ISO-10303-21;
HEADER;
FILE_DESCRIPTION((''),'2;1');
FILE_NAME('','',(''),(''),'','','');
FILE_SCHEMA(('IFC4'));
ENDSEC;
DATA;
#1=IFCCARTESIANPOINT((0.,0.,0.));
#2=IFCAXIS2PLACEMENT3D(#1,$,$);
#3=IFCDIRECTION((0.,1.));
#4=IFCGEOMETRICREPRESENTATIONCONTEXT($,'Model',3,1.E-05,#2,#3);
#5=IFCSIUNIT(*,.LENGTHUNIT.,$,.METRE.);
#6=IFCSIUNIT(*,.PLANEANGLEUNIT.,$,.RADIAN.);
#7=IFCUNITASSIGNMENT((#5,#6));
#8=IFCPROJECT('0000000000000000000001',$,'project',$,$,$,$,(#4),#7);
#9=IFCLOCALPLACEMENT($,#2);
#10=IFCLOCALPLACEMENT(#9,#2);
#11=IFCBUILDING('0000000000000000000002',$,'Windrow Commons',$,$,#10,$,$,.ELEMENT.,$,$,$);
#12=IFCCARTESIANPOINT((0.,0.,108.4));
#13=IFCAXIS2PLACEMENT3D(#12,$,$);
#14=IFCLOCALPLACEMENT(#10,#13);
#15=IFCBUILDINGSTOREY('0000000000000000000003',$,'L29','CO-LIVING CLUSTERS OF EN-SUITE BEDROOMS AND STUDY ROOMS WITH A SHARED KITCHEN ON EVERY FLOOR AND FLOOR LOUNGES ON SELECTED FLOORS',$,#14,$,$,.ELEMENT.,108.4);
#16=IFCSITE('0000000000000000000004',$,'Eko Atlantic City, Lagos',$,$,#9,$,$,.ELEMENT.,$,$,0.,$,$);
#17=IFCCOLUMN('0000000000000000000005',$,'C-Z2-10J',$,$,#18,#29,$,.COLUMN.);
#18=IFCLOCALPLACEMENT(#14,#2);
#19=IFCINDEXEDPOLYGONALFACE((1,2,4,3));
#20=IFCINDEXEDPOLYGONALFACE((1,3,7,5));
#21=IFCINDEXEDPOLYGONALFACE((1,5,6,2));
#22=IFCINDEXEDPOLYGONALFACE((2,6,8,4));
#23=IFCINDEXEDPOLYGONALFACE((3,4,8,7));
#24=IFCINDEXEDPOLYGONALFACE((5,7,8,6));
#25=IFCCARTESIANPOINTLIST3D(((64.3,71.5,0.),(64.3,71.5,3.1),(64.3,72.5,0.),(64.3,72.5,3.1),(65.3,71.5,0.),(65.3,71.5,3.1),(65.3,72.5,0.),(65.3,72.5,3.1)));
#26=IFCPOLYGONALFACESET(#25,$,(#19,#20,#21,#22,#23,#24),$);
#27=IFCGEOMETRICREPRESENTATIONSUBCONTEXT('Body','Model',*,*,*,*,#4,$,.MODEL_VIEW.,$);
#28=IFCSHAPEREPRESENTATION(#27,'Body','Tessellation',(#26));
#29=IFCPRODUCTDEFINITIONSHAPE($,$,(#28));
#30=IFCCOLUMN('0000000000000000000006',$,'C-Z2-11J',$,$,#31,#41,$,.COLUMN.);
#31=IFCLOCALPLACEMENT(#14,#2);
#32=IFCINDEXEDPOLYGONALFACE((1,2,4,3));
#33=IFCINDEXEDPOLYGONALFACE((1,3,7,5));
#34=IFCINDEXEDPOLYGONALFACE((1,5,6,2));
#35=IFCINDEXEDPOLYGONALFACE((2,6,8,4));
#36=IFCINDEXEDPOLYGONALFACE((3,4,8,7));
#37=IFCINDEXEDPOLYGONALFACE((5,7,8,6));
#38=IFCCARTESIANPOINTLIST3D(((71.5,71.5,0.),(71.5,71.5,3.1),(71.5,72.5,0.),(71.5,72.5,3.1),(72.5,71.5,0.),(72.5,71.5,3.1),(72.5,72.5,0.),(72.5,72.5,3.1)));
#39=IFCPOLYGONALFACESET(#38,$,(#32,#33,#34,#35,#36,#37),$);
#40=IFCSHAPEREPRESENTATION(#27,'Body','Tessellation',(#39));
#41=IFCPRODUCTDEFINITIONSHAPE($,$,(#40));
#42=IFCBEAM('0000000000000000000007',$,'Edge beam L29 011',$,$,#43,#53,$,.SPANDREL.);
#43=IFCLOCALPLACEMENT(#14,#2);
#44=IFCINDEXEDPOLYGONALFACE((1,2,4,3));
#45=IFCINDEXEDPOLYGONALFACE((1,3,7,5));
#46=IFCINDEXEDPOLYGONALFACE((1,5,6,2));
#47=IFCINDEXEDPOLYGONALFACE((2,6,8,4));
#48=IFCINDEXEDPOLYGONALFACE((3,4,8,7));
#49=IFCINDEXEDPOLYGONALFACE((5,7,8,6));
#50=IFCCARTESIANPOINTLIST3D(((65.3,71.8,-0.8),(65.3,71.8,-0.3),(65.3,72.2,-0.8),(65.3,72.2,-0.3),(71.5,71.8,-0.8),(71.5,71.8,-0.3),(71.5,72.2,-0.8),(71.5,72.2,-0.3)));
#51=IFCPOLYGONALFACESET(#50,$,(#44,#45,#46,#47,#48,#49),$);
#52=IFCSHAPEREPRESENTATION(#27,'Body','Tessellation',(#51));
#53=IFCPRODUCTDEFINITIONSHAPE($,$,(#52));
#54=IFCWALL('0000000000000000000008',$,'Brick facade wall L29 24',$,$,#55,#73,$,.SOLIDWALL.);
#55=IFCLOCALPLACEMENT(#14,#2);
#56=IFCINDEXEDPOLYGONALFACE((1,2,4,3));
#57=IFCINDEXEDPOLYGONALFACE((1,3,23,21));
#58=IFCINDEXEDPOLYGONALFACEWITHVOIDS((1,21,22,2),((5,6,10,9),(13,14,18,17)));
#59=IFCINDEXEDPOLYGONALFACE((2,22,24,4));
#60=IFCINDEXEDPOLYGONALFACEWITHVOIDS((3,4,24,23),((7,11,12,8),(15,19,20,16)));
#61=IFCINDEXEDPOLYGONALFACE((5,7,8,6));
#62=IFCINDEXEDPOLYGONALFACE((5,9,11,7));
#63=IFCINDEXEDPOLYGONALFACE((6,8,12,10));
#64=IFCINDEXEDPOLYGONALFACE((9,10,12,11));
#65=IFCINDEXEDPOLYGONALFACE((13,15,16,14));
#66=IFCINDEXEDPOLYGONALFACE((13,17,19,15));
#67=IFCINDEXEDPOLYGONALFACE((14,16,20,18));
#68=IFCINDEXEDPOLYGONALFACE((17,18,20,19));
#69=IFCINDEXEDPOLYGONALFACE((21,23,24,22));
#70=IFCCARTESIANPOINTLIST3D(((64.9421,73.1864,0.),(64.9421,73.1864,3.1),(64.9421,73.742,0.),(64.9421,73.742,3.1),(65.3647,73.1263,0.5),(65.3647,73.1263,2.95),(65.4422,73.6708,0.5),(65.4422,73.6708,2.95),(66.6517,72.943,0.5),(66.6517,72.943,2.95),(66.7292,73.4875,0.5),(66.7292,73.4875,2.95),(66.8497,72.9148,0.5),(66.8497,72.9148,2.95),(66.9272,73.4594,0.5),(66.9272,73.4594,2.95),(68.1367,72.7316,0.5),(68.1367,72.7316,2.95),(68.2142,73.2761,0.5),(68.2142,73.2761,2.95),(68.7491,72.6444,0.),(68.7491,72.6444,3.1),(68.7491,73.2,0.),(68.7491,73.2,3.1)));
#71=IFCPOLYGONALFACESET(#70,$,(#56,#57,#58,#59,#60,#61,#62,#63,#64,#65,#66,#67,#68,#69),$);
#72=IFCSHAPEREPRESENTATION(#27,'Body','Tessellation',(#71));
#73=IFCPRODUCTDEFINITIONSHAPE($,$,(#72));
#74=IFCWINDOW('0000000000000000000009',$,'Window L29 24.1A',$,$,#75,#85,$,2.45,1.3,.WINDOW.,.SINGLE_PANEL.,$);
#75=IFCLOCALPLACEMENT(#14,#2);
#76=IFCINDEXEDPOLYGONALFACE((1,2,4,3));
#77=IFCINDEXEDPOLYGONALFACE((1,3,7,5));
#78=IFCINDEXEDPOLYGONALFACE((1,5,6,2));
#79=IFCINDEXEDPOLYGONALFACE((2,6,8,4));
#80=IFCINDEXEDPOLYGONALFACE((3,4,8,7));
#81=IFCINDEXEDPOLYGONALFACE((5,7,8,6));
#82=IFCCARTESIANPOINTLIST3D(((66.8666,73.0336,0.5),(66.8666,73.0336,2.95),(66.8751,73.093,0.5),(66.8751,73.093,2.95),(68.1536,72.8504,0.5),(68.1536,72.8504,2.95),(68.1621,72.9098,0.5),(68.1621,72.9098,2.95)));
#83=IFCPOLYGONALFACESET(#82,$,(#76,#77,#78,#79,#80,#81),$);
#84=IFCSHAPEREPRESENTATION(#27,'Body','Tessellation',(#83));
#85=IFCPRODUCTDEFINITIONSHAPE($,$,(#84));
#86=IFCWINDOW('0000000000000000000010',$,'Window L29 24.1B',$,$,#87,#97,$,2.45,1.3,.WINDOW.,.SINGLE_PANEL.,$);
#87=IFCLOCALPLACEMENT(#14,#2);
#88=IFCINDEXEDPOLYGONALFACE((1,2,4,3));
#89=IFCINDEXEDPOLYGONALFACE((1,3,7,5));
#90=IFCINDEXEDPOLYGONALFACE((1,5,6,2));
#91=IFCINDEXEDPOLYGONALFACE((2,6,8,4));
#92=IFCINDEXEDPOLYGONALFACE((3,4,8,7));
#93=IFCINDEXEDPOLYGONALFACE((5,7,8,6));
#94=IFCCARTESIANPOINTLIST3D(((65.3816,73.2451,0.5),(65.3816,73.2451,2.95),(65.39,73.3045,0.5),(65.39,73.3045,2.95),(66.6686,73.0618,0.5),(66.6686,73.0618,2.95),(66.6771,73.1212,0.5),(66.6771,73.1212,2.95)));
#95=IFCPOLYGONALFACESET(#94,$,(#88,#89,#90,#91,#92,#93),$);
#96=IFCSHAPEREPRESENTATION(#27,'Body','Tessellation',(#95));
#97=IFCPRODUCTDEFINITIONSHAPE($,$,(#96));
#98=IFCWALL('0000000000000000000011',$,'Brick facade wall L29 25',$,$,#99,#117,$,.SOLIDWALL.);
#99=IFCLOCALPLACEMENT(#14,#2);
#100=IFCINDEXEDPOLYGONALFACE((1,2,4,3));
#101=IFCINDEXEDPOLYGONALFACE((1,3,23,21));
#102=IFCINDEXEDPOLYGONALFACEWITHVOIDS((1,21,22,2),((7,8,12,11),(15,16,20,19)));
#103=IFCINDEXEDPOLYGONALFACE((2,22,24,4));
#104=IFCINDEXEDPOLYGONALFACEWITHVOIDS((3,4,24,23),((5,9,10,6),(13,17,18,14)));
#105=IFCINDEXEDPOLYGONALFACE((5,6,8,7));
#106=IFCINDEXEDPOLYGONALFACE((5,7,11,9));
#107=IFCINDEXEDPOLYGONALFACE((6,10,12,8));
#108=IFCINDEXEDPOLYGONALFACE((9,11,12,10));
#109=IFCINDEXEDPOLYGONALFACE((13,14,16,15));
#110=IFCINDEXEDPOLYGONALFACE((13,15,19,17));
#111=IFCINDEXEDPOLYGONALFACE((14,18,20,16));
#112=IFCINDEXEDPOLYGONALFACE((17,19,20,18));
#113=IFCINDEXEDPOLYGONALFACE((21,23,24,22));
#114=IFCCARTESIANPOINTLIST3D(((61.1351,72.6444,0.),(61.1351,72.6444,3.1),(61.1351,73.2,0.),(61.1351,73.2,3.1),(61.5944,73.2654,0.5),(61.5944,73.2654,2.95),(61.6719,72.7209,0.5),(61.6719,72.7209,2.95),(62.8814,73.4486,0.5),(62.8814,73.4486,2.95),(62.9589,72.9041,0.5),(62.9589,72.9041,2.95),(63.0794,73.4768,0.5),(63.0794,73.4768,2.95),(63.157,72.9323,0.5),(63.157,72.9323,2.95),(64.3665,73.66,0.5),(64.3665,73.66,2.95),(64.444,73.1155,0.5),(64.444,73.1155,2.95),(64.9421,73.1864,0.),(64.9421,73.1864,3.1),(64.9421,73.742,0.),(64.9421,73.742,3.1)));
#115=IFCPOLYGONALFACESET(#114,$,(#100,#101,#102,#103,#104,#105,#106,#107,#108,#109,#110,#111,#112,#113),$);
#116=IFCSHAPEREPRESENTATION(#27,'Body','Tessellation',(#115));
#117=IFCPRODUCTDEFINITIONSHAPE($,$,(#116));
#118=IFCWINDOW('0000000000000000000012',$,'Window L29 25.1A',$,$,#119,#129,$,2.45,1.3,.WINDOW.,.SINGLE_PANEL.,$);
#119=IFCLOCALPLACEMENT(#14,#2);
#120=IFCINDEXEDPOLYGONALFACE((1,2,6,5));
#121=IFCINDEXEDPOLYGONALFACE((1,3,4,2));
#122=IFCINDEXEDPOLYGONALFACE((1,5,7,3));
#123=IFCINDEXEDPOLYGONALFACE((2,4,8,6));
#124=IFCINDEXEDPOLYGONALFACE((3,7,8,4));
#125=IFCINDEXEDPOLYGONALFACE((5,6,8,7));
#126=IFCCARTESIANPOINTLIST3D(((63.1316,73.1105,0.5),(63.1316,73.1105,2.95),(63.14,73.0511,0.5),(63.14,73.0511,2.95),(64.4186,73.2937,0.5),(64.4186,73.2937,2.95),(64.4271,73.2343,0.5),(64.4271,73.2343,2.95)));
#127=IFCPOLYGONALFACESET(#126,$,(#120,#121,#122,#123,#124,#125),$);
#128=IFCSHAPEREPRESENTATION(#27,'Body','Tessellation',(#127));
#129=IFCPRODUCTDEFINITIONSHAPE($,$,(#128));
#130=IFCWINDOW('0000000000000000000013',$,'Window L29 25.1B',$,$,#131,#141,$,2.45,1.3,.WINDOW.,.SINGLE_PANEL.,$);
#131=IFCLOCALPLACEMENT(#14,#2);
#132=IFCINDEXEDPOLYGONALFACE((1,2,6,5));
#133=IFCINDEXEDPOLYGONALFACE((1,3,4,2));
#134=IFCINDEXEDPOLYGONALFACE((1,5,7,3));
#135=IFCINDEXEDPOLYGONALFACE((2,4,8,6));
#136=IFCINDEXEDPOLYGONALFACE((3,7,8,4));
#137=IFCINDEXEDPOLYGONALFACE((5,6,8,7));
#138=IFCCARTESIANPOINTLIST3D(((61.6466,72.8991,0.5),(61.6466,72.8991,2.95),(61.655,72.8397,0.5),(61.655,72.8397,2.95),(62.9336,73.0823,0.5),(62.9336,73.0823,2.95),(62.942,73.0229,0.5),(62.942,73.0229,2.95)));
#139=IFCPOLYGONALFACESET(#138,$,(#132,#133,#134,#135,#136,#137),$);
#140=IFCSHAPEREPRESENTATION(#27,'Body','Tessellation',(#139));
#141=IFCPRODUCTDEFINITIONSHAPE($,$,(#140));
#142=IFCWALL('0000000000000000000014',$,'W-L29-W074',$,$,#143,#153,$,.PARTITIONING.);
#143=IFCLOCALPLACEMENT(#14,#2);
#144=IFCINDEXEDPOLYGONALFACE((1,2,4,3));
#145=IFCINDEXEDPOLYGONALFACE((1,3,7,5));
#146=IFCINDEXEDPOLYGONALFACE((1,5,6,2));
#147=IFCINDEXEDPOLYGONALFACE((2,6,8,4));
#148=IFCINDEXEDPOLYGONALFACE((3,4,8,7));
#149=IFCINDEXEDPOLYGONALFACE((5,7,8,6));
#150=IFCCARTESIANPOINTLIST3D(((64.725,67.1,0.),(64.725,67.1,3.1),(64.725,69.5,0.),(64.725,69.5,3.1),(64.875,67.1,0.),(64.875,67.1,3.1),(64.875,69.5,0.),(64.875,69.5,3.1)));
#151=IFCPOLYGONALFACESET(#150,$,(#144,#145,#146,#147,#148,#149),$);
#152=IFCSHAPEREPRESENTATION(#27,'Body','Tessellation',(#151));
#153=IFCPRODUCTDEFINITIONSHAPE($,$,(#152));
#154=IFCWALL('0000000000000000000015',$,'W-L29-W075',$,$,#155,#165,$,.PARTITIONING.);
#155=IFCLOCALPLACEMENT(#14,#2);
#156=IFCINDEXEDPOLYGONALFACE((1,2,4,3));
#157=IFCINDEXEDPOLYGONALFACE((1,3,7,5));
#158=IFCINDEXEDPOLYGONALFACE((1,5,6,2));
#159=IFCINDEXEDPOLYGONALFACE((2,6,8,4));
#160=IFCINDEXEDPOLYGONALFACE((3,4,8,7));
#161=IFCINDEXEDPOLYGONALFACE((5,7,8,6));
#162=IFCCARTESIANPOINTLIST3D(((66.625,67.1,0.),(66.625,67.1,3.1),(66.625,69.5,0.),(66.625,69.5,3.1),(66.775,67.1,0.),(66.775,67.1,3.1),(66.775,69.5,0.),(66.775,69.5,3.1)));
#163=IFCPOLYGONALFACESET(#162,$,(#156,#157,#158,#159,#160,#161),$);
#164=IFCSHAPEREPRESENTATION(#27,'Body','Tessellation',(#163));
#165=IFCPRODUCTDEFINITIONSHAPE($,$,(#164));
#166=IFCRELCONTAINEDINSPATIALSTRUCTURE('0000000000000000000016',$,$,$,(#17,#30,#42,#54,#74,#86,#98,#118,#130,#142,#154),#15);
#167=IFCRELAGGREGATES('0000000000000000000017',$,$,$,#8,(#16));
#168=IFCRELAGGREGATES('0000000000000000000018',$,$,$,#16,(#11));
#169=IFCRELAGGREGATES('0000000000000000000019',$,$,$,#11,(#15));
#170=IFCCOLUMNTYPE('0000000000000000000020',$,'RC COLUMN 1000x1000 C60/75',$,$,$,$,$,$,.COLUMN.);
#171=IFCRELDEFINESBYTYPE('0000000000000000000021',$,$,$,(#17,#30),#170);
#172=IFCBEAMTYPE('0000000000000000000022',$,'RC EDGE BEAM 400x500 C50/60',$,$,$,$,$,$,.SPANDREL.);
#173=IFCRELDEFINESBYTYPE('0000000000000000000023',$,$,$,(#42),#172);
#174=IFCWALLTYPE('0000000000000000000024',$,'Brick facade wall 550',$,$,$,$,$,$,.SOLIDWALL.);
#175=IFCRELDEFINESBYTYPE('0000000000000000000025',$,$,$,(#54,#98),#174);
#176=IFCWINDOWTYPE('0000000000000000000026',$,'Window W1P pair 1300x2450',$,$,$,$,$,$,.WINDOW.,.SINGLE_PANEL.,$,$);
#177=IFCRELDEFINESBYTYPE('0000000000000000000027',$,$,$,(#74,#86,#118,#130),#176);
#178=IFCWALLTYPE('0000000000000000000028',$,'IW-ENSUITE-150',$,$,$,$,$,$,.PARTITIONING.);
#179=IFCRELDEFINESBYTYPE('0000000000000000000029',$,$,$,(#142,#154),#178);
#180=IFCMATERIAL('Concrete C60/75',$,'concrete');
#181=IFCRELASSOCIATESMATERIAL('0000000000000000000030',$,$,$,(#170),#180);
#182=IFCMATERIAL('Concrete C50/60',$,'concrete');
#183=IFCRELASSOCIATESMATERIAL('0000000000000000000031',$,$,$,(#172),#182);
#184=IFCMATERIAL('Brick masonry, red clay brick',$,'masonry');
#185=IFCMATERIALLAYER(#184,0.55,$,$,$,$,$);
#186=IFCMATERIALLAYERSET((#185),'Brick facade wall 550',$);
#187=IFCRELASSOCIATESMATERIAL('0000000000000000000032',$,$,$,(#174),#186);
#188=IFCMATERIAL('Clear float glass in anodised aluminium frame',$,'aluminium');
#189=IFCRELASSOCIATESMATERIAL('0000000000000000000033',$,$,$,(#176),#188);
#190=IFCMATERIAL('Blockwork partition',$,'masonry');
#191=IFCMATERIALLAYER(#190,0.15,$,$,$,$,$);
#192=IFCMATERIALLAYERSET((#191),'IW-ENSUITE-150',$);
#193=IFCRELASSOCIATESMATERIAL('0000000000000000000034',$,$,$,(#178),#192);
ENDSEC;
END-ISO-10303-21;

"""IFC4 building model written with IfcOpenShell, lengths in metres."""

from ifc_helpers import new_model, si_unit, direction, frame, frame_2d, origin, origin_2d, place, context, subcontext, project, spatial, polyline, rectangle, outline, extrude, material, layer, layer_set, material_profile, profile_set, type_object, element, fill, save


model = new_model("IFC4")

# Units and contexts
model_context = context("Model", 3, precision=1e-05, world=origin(), true_north=direction((0.0, 1.0)))
body_context = subcontext(model_context, "Body", "Model", "MODEL_VIEW")
ifc_project = project(units=[si_unit("LENGTHUNIT", "METRE"), si_unit("PLANEANGLEUNIT", "RADIAN")], contexts=[model_context])

# Site, building, storey
site_placement = place(None, origin())
site = spatial("IfcSite", under=ifc_project, at=site_placement, Name="Eko Atlantic City, Lagos", CompositionType="ELEMENT", RefElevation=0.0)
building_placement = place(site_placement, origin())
building = spatial("IfcBuilding", under=site, at=building_placement, Name="Windrow Commons", CompositionType="ELEMENT")
storey_placement = place(building_placement, frame((0.0, 0.0, 108.4)))
storey = spatial("IfcBuildingStorey", under=building, at=storey_placement, Name="L29", Description="CO-LIVING CLUSTERS OF EN-SUITE BEDROOMS AND STUDY ROOMS WITH A SHARED KITCHEN ON EVERY FLOOR AND FLOOR LOUNGES ON SELECTED FLOORS", CompositionType="ELEMENT", Elevation=108.4)

# Columns
ifc_material_1 = material(Name="Concrete C60/75", Category="concrete")
ifc_material_profile_1 = material_profile(ifc_material_1, rectangle(XDim=1.0, YDim=1.0, at=origin_2d()))
ifc_profile_set_1 = profile_set([ifc_material_profile_1], Name="Concrete C60/75")
column_type = type_object("IfcColumnType", Name="RC COLUMN 1000x1000 C60/75", PredefinedType="COLUMN", material=ifc_profile_set_1)
for number, where, z_axis, x_axis, name in (
    (1, (64.8, 72.0, 0.0), (0.0, 0.0, 1.0), (1.0, 0.0, 0.0), "C-Z2-10J"),
    (2, (72.0, 72.0, 0.0), (0.0, 0.0, 1.0), (1.0, 0.0, 0.0), "C-Z2-11J"),
):
    element("IfcColumn", number, at=place(storey_placement, frame(where, z_axis=z_axis, x_axis=x_axis)), inside=storey, type_object=column_type, Name=name, PredefinedType="COLUMN", context=body_context, shape_type="SweptSolid", body=[
        extrude(rectangle(XDim=1.0, YDim=1.0, at=origin_2d()), origin(), (0.0, 0.0, 1.0), 3.1),
    ])

# Beam
ifc_material_2 = material(Name="Concrete C50/60", Category="concrete")
ifc_material_profile_2 = material_profile(ifc_material_2, rectangle(XDim=0.4, YDim=0.5, at=origin_2d()))
ifc_profile_set_2 = profile_set([ifc_material_profile_2], Name="Concrete C50/60")
beam_type = type_object("IfcBeamType", Name="RC EDGE BEAM 400x500 C50/60", PredefinedType="SPANDREL", material=ifc_profile_set_2)
beam_placement = place(storey_placement, frame((65.3, 72.0, -0.55), z_axis=(1.0, 0.0, 0.0), x_axis=(0.0, 1.0, 0.0)))
element("IfcBeam", 3, at=beam_placement, inside=storey, type_object=beam_type, Name="Edge beam L29 011", PredefinedType="SPANDREL", context=body_context, shape_type="SweptSolid", body=[
    extrude(rectangle(XDim=0.4, YDim=0.5, at=origin_2d()), origin(), (0.0, 0.0, 1.0), 6.2),
])

# Walls, openings, windows
ifc_material_3 = material(Name="Brick masonry, red clay brick", Category="masonry")
ifc_layer_1 = layer(ifc_material_3, 0.55)
ifc_layer_set_1 = layer_set([ifc_layer_1], Name="Brick facade wall 550")
wall_type_1 = type_object("IfcWallType", Name="Brick facade wall 550", PredefinedType="SOLIDWALL", material=ifc_layer_set_1)
wall_1_placement = place(storey_placement, frame((68.7491, 72.9222, 0.0), z_axis=(0.0, 0.0, 1.0), x_axis=(-0.990017, 0.140948, 0.0)))
wall_1 = element("IfcWall", 4, at=wall_1_placement, inside=storey, type_object=wall_type_1, Name="Brick facade wall L29 24", PredefinedType="SOLIDWALL", context=body_context, shape_type="SweptSolid", body=[
    extrude(outline(polyline([(0.0392, -0.275), (3.8845, -0.275), (3.8062, 0.275), (-0.0392, 0.275), (0.0392, -0.275)])), origin(), (0.0, 0.0, 1.0), 3.1),
])
opening_1_placement = place(wall_1_placement, frame((0.5794, 0.0, 0.5)))
opening_1 = element("IfcOpeningElement", 5, at=opening_1_placement, cuts=wall_1, PredefinedType="OPENING", context=body_context, shape_type="SweptSolid", body=[
    extrude(rectangle(XDim=1.3, YDim=2.45, at=frame_2d((0.65, 1.225))), frame((0.0, 0.285, 0.0), z_axis=(0.0, -1.0, 0.0), x_axis=(1.0, 0.0, 0.0)), (0.0, 0.0, 1.0), 0.57),
])
opening_2_placement = place(wall_1_placement, frame((2.0794, 0.0, 0.5)))
opening_2 = element("IfcOpeningElement", 6, at=opening_2_placement, cuts=wall_1, PredefinedType="OPENING", context=body_context, shape_type="SweptSolid", body=[
    extrude(rectangle(XDim=1.3, YDim=2.45, at=frame_2d((0.65, 1.225))), frame((0.0, 0.285, 0.0), z_axis=(0.0, -1.0, 0.0), x_axis=(1.0, 0.0, 0.0)), (0.0, 0.0, 1.0), 0.57),
])
ifc_material_4 = material(Name="Clear float glass in anodised aluminium frame", Category="aluminium")
window_type = type_object("IfcWindowType", Name="Window W1P pair 1300x2450", PartitioningType="SINGLE_PANEL", PredefinedType="WINDOW", material=ifc_material_4)
window_1_placement = place(opening_1_placement, origin())
window_1 = element("IfcWindow", 7, at=window_1_placement, inside=storey, type_object=window_type, Name="Window L29 24.1A", OverallHeight=2.45, OverallWidth=1.3, PartitioningType="SINGLE_PANEL", PredefinedType="WINDOW", context=body_context, shape_type="SweptSolid", body=[
    extrude(rectangle(XDim=1.3, YDim=2.45, at=frame_2d((0.65, 1.225))), frame((0.0, 0.155, 0.0), z_axis=(0.0, -1.0, 0.0), x_axis=(1.0, 0.0, 0.0)), (0.0, 0.0, 1.0), 0.06),
])
fill(opening_1, window_1)
window_2_placement = place(opening_2_placement, origin())
window_2 = element("IfcWindow", 8, at=window_2_placement, inside=storey, type_object=window_type, Name="Window L29 24.1B", OverallHeight=2.45, OverallWidth=1.3, PartitioningType="SINGLE_PANEL", PredefinedType="WINDOW", context=body_context, shape_type="SweptSolid", body=[
    extrude(rectangle(XDim=1.3, YDim=2.45, at=frame_2d((0.65, 1.225))), frame((0.0, 0.155, 0.0), z_axis=(0.0, -1.0, 0.0), x_axis=(1.0, 0.0, 0.0)), (0.0, 0.0, 1.0), 0.06),
])
fill(opening_2, window_2)
wall_2_placement = place(storey_placement, frame((64.9421, 73.4642, 0.0), z_axis=(0.0, 0.0, 1.0), x_axis=(-0.990017, -0.140948, 0.0)))
wall_2 = element("IfcWall", 9, at=wall_2_placement, inside=storey, type_object=wall_type_1, Name="Brick facade wall L29 25", PredefinedType="SOLIDWALL", context=body_context, shape_type="SweptSolid", body=[
    extrude(outline(polyline([(-0.0392, -0.275), (3.8062, -0.275), (3.8845, 0.275), (0.0392, 0.275), (-0.0392, -0.275)])), origin(), (0.0, 0.0, 1.0), 3.1),
])
opening_3_placement = place(wall_2_placement, frame((0.5423, 0.0, 0.5)))
opening_3 = element("IfcOpeningElement", 10, at=opening_3_placement, cuts=wall_2, PredefinedType="OPENING", context=body_context, shape_type="SweptSolid", body=[
    extrude(rectangle(XDim=1.3, YDim=2.45, at=frame_2d((0.65, 1.225))), frame((0.0, 0.285, 0.0), z_axis=(0.0, -1.0, 0.0), x_axis=(1.0, 0.0, 0.0)), (0.0, 0.0, 1.0), 0.57),
])
opening_4_placement = place(wall_2_placement, frame((2.0423, 0.0, 0.5)))
opening_4 = element("IfcOpeningElement", 11, at=opening_4_placement, cuts=wall_2, PredefinedType="OPENING", context=body_context, shape_type="SweptSolid", body=[
    extrude(rectangle(XDim=1.3, YDim=2.45, at=frame_2d((0.65, 1.225))), frame((0.0, 0.285, 0.0), z_axis=(0.0, -1.0, 0.0), x_axis=(1.0, 0.0, 0.0)), (0.0, 0.0, 1.0), 0.57),
])
window_3_placement = place(opening_3_placement, origin())
window_3 = element("IfcWindow", 12, at=window_3_placement, inside=storey, type_object=window_type, Name="Window L29 25.1A", OverallHeight=2.45, OverallWidth=1.3, PartitioningType="SINGLE_PANEL", PredefinedType="WINDOW", context=body_context, shape_type="SweptSolid", body=[
    extrude(rectangle(XDim=1.3, YDim=2.45, at=frame_2d((0.65, 1.225))), frame((0.0, 0.155, 0.0), z_axis=(0.0, -1.0, 0.0), x_axis=(1.0, 0.0, 0.0)), (0.0, 0.0, 1.0), 0.06),
])
fill(opening_3, window_3)
window_4_placement = place(opening_4_placement, origin())
window_4 = element("IfcWindow", 13, at=window_4_placement, inside=storey, type_object=window_type, Name="Window L29 25.1B", OverallHeight=2.45, OverallWidth=1.3, PartitioningType="SINGLE_PANEL", PredefinedType="WINDOW", context=body_context, shape_type="SweptSolid", body=[
    extrude(rectangle(XDim=1.3, YDim=2.45, at=frame_2d((0.65, 1.225))), frame((0.0, 0.155, 0.0), z_axis=(0.0, -1.0, 0.0), x_axis=(1.0, 0.0, 0.0)), (0.0, 0.0, 1.0), 0.06),
])
fill(opening_4, window_4)

# Walls
ifc_material_5 = material(Name="Blockwork partition", Category="masonry")
ifc_layer_2 = layer(ifc_material_5, 0.15)
ifc_layer_set_2 = layer_set([ifc_layer_2], Name="IW-ENSUITE-150")
wall_type_2 = type_object("IfcWallType", Name="IW-ENSUITE-150", PredefinedType="PARTITIONING", material=ifc_layer_set_2)
for number, where, z_axis, x_axis, name in (
    (14, (64.8, 67.1, 0.0), (0.0, 0.0, 1.0), (0.0, 1.0, 0.0), "W-L29-W074"),
    (15, (66.7, 67.1, 0.0), (0.0, 0.0, 1.0), (0.0, 1.0, 0.0), "W-L29-W075"),
):
    element("IfcWall", number, at=place(storey_placement, frame(where, z_axis=z_axis, x_axis=x_axis)), inside=storey, type_object=wall_type_2, Name=name, PredefinedType="PARTITIONING", context=body_context, shape_type="SweptSolid", body=[
        extrude(rectangle(XDim=2.4, YDim=0.15, at=frame_2d((1.2, 0.0))), origin(), (0.0, 0.0, 1.0), 3.1),
    ])

save(model, "model.ifc")
